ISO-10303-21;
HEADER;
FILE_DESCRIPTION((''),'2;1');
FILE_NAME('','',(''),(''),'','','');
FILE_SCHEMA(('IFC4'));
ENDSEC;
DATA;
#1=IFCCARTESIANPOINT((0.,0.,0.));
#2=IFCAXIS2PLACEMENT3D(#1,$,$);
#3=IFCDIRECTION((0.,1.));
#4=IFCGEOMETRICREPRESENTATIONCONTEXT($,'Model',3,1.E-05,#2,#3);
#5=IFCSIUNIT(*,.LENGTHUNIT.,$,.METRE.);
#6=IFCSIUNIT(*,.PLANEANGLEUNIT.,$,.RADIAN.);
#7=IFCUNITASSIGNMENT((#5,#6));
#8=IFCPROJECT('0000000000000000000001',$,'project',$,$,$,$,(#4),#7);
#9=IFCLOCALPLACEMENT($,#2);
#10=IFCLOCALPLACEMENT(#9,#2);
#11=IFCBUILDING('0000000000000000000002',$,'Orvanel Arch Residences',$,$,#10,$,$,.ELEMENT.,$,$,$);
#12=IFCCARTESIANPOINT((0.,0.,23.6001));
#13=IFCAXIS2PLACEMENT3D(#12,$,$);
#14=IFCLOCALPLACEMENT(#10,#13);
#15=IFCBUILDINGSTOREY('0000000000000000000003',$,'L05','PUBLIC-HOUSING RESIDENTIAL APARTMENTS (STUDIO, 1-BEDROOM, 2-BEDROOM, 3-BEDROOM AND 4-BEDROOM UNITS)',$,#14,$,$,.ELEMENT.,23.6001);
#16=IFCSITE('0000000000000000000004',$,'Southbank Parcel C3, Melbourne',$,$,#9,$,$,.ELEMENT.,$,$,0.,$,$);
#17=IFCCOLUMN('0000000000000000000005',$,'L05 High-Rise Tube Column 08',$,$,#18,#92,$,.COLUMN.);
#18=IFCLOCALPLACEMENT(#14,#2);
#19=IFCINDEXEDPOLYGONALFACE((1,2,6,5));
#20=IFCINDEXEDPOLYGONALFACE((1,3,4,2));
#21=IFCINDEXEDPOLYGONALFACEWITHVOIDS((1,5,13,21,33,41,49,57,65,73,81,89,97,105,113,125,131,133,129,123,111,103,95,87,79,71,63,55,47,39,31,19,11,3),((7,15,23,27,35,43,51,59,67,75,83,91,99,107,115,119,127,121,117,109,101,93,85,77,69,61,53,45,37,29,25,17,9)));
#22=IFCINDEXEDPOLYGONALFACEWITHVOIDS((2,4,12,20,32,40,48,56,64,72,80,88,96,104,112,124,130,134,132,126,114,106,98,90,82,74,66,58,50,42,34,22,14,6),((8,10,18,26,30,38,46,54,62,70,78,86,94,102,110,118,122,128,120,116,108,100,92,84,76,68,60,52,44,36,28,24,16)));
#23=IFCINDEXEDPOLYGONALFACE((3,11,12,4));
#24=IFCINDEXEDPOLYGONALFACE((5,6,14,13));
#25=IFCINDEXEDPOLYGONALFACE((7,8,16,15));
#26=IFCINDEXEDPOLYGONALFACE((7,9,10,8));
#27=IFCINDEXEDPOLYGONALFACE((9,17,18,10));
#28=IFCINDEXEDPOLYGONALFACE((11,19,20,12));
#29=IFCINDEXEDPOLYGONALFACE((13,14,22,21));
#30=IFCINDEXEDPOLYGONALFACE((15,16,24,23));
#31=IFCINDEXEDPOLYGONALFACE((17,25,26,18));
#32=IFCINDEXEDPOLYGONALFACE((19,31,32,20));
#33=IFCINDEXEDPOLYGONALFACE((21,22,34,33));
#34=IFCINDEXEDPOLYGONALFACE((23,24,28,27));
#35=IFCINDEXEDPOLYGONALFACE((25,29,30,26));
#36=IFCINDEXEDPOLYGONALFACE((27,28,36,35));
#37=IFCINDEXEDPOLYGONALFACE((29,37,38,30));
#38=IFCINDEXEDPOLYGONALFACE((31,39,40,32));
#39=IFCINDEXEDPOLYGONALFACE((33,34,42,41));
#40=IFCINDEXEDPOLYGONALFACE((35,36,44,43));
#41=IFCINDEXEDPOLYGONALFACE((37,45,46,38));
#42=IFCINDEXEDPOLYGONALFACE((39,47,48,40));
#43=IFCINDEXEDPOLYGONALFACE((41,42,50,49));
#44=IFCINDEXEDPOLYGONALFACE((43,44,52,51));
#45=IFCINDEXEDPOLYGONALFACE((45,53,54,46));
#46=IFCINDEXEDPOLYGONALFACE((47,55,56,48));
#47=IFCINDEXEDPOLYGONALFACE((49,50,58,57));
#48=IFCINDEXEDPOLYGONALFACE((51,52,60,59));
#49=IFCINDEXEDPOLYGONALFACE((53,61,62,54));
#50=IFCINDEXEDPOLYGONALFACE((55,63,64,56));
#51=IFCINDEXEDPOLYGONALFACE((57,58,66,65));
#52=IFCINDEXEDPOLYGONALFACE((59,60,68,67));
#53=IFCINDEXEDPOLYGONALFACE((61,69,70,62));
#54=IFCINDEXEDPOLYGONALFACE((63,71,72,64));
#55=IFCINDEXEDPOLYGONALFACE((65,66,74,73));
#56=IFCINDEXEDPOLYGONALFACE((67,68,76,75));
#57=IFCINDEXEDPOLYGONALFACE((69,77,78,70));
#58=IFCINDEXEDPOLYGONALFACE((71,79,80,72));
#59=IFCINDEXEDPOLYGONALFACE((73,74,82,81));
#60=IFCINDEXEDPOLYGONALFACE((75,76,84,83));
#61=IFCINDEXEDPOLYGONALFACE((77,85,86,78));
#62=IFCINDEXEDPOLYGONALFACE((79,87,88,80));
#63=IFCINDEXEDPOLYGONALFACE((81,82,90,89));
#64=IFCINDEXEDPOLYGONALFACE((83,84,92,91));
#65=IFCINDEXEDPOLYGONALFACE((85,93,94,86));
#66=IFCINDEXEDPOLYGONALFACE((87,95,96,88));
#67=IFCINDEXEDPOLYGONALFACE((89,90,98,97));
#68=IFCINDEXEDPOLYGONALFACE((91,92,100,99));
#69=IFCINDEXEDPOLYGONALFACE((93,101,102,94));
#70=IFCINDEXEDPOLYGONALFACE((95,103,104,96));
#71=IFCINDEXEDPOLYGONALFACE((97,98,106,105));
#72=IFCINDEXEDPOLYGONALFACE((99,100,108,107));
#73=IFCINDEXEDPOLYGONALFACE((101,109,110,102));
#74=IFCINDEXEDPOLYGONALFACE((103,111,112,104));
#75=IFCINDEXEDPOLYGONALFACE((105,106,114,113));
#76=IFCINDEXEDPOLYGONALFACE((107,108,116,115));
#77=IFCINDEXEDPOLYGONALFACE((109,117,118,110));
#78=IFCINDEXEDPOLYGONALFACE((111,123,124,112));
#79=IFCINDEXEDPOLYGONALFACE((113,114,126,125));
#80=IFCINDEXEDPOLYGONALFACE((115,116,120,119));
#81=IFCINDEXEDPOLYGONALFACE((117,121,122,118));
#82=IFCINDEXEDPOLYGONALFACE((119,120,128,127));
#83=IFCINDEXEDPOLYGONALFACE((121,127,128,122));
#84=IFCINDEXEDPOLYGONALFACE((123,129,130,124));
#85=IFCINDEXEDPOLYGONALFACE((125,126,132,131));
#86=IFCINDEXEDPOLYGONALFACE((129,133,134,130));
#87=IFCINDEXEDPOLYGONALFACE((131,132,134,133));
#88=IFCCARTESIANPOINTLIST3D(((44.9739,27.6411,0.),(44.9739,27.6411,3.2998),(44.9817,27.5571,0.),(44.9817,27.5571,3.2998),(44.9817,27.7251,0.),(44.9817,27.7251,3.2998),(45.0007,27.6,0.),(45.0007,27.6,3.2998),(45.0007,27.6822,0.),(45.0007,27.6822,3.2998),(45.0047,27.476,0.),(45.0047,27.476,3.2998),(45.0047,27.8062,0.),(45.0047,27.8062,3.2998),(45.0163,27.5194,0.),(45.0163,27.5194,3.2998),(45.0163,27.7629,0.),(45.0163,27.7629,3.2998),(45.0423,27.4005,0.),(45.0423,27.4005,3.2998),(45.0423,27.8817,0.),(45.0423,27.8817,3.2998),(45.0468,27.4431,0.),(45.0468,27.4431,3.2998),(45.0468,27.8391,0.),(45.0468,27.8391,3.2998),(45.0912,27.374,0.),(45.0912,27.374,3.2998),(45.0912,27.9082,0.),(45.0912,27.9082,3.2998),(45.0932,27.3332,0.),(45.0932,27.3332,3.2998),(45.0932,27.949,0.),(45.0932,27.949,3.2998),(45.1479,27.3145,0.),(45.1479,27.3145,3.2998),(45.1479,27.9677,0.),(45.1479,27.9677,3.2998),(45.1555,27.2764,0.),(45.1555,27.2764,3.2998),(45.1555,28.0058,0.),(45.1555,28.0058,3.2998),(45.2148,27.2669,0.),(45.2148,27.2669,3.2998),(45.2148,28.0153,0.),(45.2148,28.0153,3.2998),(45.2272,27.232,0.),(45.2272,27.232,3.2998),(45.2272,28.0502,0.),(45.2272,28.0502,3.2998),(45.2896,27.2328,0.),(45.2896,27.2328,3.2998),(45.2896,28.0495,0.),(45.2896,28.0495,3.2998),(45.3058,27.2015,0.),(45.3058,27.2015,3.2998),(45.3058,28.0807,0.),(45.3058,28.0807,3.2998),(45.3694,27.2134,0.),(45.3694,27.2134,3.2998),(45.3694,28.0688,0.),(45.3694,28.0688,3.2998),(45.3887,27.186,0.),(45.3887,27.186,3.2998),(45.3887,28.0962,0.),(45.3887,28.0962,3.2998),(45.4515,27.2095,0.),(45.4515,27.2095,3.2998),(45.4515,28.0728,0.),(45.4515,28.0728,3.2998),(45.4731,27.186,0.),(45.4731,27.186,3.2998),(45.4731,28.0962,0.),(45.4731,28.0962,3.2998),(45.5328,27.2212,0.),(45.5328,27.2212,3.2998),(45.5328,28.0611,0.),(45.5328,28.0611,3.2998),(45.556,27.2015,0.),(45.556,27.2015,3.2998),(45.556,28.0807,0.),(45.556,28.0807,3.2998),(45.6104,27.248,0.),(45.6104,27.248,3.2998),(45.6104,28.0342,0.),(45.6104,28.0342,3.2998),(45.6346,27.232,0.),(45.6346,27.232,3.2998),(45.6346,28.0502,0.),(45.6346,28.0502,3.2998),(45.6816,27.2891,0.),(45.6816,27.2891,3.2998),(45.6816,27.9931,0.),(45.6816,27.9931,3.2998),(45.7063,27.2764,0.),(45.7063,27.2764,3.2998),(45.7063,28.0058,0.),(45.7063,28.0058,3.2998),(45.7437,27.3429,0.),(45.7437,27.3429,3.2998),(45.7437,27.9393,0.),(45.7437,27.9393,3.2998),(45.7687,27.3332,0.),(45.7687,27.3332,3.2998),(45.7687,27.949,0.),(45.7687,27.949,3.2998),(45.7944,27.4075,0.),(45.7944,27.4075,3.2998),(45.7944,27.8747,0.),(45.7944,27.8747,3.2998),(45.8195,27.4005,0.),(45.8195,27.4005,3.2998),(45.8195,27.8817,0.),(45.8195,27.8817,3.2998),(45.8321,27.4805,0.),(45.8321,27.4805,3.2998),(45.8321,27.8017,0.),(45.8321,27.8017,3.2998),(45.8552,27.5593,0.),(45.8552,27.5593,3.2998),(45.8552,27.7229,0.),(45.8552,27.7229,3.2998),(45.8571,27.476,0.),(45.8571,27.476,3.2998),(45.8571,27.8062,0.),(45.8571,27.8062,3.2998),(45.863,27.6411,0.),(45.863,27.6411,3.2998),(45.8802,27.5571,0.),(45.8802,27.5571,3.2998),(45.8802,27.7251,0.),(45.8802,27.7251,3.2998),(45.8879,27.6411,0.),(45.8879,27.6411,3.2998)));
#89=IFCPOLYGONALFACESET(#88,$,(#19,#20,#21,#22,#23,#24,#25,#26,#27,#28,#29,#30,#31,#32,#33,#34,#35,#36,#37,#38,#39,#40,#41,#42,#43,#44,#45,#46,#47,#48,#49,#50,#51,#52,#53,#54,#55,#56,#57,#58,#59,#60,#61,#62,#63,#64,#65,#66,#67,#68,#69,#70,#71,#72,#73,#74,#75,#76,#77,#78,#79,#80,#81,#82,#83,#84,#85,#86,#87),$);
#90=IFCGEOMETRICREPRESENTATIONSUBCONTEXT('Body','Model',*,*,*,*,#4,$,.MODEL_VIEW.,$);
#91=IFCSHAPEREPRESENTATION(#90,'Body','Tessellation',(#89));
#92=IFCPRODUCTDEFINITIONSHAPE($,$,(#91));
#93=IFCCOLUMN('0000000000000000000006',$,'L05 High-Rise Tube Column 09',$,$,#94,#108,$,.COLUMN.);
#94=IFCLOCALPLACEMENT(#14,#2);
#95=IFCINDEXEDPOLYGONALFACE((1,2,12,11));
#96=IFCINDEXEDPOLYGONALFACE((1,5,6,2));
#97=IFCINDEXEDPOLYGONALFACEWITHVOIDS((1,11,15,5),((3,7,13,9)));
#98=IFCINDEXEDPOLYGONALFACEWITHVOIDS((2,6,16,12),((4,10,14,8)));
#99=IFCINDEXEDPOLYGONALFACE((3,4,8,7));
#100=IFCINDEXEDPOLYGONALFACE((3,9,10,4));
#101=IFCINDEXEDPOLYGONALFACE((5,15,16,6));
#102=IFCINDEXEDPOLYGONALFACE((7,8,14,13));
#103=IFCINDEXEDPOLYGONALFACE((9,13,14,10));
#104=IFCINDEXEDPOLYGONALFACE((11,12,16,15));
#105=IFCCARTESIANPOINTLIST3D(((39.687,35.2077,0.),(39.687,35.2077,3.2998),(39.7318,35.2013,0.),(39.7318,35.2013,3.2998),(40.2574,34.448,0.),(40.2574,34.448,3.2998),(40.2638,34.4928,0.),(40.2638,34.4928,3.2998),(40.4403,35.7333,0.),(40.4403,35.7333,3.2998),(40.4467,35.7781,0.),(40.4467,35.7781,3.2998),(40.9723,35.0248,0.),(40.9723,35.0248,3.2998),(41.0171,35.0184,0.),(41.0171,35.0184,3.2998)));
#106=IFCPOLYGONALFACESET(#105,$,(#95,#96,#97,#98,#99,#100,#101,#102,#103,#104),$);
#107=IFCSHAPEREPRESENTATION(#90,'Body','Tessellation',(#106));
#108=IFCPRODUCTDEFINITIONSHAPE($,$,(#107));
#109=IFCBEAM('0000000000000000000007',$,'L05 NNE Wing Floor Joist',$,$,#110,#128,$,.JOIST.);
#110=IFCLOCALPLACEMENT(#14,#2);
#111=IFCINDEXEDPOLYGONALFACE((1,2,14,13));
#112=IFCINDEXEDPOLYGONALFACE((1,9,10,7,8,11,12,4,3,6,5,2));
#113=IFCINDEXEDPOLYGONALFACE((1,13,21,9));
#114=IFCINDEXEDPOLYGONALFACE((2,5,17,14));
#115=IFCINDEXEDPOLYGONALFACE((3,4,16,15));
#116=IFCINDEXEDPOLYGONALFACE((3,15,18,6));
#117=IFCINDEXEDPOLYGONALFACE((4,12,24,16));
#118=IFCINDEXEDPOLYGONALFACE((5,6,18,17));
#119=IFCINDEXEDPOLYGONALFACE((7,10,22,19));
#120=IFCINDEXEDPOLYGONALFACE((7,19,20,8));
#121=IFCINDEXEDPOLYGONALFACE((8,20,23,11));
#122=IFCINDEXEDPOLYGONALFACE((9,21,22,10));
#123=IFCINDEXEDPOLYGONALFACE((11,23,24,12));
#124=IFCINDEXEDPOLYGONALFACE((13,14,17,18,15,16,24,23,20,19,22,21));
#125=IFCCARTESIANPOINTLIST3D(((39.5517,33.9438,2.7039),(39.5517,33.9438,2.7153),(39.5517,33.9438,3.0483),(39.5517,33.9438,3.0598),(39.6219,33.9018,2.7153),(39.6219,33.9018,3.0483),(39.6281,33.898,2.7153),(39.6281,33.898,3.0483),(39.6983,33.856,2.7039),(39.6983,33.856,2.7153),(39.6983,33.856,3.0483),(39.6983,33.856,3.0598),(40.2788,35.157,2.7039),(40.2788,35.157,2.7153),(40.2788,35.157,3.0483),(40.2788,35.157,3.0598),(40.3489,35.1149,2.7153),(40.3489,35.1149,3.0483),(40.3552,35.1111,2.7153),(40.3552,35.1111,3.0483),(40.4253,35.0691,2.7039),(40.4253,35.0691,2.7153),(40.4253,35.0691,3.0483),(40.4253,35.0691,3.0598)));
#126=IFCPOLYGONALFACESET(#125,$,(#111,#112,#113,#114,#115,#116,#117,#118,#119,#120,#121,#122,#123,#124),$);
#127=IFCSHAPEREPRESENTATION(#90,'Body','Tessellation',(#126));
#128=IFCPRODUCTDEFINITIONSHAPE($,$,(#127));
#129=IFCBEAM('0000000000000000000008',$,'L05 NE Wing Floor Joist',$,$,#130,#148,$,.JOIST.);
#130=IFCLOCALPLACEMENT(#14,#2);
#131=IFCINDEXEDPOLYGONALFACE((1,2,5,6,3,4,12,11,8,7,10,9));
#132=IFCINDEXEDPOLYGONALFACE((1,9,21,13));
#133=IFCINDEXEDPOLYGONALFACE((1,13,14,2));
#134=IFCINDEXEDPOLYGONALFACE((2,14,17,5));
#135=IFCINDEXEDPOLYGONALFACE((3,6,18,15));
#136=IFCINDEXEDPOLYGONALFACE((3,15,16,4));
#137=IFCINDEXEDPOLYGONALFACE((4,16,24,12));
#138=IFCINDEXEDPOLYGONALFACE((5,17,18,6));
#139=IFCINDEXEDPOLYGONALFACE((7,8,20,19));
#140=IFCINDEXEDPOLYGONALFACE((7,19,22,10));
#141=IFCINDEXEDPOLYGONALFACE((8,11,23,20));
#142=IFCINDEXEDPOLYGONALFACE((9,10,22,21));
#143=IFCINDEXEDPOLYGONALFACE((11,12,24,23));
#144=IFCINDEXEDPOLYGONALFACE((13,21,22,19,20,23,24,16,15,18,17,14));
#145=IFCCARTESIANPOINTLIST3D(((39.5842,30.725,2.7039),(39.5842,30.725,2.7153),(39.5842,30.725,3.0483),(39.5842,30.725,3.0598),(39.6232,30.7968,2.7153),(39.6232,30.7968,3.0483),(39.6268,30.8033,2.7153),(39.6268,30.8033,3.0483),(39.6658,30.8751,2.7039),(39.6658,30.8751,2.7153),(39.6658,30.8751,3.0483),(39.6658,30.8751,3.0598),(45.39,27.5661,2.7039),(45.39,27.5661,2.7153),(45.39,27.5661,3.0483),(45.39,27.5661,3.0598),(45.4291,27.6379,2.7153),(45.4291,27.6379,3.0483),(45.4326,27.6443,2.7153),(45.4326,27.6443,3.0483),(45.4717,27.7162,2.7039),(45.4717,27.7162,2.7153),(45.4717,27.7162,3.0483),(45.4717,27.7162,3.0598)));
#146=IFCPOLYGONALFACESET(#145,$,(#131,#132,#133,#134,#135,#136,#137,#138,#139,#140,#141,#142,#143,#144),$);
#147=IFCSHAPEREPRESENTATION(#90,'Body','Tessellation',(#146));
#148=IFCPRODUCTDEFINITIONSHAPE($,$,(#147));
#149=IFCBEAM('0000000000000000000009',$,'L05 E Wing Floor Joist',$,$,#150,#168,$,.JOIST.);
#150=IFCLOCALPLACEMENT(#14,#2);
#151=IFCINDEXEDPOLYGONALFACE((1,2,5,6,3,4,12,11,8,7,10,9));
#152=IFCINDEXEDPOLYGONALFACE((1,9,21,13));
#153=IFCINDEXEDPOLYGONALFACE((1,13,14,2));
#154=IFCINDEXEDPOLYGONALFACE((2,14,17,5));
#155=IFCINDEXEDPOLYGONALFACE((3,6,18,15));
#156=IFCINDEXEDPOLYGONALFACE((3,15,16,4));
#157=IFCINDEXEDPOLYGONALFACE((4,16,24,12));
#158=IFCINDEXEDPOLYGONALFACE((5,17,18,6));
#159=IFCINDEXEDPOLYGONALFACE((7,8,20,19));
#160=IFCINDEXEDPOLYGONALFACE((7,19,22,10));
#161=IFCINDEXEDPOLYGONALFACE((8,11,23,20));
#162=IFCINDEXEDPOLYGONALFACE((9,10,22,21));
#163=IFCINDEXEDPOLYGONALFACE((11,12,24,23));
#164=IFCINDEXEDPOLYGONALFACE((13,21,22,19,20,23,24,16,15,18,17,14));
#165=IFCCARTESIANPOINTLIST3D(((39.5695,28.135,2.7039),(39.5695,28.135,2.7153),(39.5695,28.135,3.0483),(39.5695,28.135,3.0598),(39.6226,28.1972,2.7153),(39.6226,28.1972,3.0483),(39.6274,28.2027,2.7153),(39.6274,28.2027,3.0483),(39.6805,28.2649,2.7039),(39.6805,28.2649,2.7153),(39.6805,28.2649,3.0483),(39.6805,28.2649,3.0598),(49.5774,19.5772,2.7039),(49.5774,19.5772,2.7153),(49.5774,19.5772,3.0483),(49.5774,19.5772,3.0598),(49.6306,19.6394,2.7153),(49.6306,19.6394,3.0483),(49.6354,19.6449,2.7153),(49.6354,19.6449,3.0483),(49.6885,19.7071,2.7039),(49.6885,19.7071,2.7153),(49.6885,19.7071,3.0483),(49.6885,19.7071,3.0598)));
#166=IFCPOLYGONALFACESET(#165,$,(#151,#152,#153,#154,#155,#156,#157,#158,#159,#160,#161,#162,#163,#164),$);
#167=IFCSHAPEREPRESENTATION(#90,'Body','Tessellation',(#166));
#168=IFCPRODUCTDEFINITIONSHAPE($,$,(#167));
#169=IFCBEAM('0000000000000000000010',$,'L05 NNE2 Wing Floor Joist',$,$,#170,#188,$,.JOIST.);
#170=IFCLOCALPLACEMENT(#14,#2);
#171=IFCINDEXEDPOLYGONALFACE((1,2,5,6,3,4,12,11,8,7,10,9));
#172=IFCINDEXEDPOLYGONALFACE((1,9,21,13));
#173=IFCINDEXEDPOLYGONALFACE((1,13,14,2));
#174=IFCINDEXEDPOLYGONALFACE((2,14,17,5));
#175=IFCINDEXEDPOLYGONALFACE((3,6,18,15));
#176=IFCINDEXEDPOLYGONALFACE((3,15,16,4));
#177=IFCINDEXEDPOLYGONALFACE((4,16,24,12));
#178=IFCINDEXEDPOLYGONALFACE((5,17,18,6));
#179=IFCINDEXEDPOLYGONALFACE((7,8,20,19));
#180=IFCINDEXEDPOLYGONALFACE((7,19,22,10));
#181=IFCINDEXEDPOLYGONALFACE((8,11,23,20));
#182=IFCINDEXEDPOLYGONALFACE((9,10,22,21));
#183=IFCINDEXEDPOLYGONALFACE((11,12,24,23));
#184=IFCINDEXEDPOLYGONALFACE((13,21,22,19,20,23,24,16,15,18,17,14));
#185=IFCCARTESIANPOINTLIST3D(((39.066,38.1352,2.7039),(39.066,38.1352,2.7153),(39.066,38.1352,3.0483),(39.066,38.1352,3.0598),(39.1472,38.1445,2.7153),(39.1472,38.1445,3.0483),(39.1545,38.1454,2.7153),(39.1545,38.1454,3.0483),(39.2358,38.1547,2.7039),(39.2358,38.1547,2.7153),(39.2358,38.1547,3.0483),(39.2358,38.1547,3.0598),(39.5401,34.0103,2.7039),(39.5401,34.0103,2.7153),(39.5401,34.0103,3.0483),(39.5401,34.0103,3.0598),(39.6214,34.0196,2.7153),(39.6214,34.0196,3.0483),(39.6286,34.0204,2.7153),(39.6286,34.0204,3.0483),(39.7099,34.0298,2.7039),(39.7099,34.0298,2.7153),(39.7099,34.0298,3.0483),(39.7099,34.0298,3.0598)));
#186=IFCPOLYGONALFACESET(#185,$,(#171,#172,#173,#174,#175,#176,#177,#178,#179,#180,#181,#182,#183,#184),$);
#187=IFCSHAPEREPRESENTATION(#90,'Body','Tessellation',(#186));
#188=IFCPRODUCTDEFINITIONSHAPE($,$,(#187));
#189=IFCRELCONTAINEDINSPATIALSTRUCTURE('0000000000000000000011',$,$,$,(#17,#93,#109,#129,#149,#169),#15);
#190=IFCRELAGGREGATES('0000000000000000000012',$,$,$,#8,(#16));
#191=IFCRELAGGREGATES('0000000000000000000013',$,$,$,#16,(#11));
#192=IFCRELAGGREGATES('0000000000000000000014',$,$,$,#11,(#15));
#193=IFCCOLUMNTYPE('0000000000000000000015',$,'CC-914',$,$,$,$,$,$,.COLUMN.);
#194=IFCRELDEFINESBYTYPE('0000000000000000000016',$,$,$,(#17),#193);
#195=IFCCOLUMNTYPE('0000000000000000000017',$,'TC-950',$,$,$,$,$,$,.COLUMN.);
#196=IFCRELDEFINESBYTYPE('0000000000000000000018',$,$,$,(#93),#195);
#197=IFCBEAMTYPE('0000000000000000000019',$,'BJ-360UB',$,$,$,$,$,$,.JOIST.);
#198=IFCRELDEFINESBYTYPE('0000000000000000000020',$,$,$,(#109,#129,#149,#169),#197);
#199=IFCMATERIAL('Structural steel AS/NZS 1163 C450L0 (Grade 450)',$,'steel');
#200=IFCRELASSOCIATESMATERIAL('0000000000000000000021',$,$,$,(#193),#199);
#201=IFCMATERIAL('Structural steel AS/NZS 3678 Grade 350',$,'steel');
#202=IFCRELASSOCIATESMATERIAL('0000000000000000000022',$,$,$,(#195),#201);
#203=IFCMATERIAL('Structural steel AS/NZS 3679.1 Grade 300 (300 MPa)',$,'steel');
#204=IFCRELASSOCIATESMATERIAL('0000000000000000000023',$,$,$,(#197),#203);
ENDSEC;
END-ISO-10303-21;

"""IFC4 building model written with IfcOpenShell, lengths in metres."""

from ifc_helpers import new_model, si_unit, direction, frame, origin, origin_2d, place, context, subcontext, project, spatial, hollow_rectangle, hollow_circle, i_section, extrude, material, material_profile, profile_set, type_object, element, save


model = new_model("IFC4")

# Units and contexts
model_context = context("Model", 3, precision=1e-05, world=origin(), true_north=direction((0.0, 1.0)))
body_context = subcontext(model_context, "Body", "Model", "MODEL_VIEW")
ifc_project = project(units=[si_unit("LENGTHUNIT", "METRE"), si_unit("PLANEANGLEUNIT", "RADIAN")], contexts=[model_context])

# Site, building, storey
site_placement = place(None, origin())
site = spatial("IfcSite", under=ifc_project, at=site_placement, Name="Southbank Parcel C3, Melbourne", CompositionType="ELEMENT", RefElevation=0.0)
building_placement = place(site_placement, origin())
building = spatial("IfcBuilding", under=site, at=building_placement, Name="Orvanel Arch Residences", CompositionType="ELEMENT")
storey_placement = place(building_placement, frame((0.0, 0.0, 23.6001)))
storey = spatial("IfcBuildingStorey", under=building, at=storey_placement, Name="L05", Description="PUBLIC-HOUSING RESIDENTIAL APARTMENTS (STUDIO, 1-BEDROOM, 2-BEDROOM, 3-BEDROOM AND 4-BEDROOM UNITS)", CompositionType="ELEMENT", Elevation=23.6001)

# Columns
ifc_material_1 = material(Name="Structural steel AS/NZS 1163 C450L0 (Grade 450)", Category="steel")
ifc_material_profile_1 = material_profile(ifc_material_1, hollow_circle(Radius=0.457, WallThickness=0.0249, at=origin_2d()), Name="CHS914x25")
ifc_profile_set_1 = profile_set([ifc_material_profile_1], Name="Structural steel AS/NZS 1163 C450L0 (Grade 450)")
column_type_1 = type_object("IfcColumnType", Name="CC-914", PredefinedType="COLUMN", material=ifc_profile_set_1)
column_1_placement = place(storey_placement, frame((45.4309, 27.6411, 0.0), z_axis=(0.0, 0.0, 1.0), x_axis=(1.0, 0.0, 0.0)))
element("IfcColumn", 1, at=column_1_placement, inside=storey, type_object=column_type_1, Name="L05 High-Rise Tube Column 08", PredefinedType="COLUMN", context=body_context, shape_type="SweptSolid", body=[
    extrude(hollow_circle(Radius=0.457, WallThickness=0.0249, at=origin_2d()), origin(), (0.0, 0.0, 1.0), 3.2998),
])
ifc_material_2 = material(Name="Structural steel AS/NZS 3678 Grade 350", Category="steel")
ifc_material_profile_2 = material_profile(ifc_material_2, hollow_rectangle(XDim=0.95, YDim=0.95, WallThickness=0.032, at=origin_2d()), Name="BOX950x950x32")
ifc_profile_set_2 = profile_set([ifc_material_profile_2], Name="Structural steel AS/NZS 3678 Grade 350")
column_type_2 = type_object("IfcColumnType", Name="TC-950", PredefinedType="COLUMN", material=ifc_profile_set_2)
column_2_placement = place(storey_placement, frame((40.3521, 35.113, 0.0), z_axis=(0.0, 0.0, 1.0), x_axis=(-0.60042, 0.799685, 0.0)))
element("IfcColumn", 2, at=column_2_placement, inside=storey, type_object=column_type_2, Name="L05 High-Rise Tube Column 09", PredefinedType="COLUMN", context=body_context, shape_type="SweptSolid", body=[
    extrude(hollow_rectangle(XDim=0.95, YDim=0.95, WallThickness=0.032, at=origin_2d()), origin(), (0.0, 0.0, 1.0), 3.2998),
])

# Beams
ifc_material_3 = material(Name="Structural steel AS/NZS 3679.1 Grade 300 (300 MPa)", Category="steel")
ifc_material_profile_3 = material_profile(ifc_material_3, i_section(OverallWidth=0.1709, OverallDepth=0.356, WebThickness=0.0073, FlangeThickness=0.0115, at=origin_2d()), Name="360UB50.7")
ifc_profile_set_3 = profile_set([ifc_material_profile_3], Name="Structural steel AS/NZS 3679.1 Grade 300 (300 MPa)")
beam_type_1 = type_object("IfcBeamType", Name="BJ-360UB", PredefinedType="JOIST", material=ifc_profile_set_3)
beam_1_placement = place(storey_placement, frame((39.625, 33.8999, 2.8818), z_axis=(0.514064, 0.857752, 0.0), x_axis=(-0.857752, 0.514064, 0.0)))
element("IfcBeam", 3, at=beam_1_placement, inside=storey, type_object=beam_type_1, Name="L05 NNE Wing Floor Joist", PredefinedType="JOIST", context=body_context, shape_type="SweptSolid", body=[
    extrude(i_section(OverallWidth=0.1709, OverallDepth=0.356, WebThickness=0.0073, FlangeThickness=0.0115, at=origin_2d()), origin(), (0.0, 0.0, 1.0), 1.4143),
])
beam_2_placement = place(storey_placement, frame((39.625, 30.8, 2.8818), z_axis=(0.878399, -0.477928, 0.0), x_axis=(0.477928, 0.878399, 0.0)))
element("IfcBeam", 4, at=beam_2_placement, inside=storey, type_object=beam_type_1, Name="L05 NE Wing Floor Joist", PredefinedType="JOIST", context=body_context, shape_type="SweptSolid", body=[
    extrude(i_section(OverallWidth=0.1709, OverallDepth=0.356, WebThickness=0.0073, FlangeThickness=0.0115, at=origin_2d()), origin(), (0.0, 0.0, 1.0), 6.6096),
])
beam_3_placement = place(storey_placement, frame((39.625, 28.2, 2.8818), z_axis=(0.760024, -0.649895, 0.0), x_axis=(0.649895, 0.760024, 0.0)))
element("IfcBeam", 5, at=beam_3_placement, inside=storey, type_object=beam_type_1, Name="L05 E Wing Floor Joist", PredefinedType="JOIST", context=body_context, shape_type="SweptSolid", body=[
    extrude(i_section(OverallWidth=0.1709, OverallDepth=0.356, WebThickness=0.0073, FlangeThickness=0.0115, at=origin_2d()), origin(), (0.0, 0.0, 1.0), 13.168),
])
beam_4_placement = place(storey_placement, frame((39.625, 34.02, 2.8818), z_axis=(-0.114187, 0.993459, 0.0), x_axis=(-0.993459, -0.114187, 0.0)))
element("IfcBeam", 6, at=beam_4_placement, inside=storey, type_object=beam_type_1, Name="L05 NNE2 Wing Floor Joist", PredefinedType="JOIST", context=body_context, shape_type="SweptSolid", body=[
    extrude(i_section(OverallWidth=0.1709, OverallDepth=0.356, WebThickness=0.0073, FlangeThickness=0.0115, at=origin_2d()), origin(), (0.0, 0.0, 1.0), 4.1521),
])

save(model, "model.ifc")
